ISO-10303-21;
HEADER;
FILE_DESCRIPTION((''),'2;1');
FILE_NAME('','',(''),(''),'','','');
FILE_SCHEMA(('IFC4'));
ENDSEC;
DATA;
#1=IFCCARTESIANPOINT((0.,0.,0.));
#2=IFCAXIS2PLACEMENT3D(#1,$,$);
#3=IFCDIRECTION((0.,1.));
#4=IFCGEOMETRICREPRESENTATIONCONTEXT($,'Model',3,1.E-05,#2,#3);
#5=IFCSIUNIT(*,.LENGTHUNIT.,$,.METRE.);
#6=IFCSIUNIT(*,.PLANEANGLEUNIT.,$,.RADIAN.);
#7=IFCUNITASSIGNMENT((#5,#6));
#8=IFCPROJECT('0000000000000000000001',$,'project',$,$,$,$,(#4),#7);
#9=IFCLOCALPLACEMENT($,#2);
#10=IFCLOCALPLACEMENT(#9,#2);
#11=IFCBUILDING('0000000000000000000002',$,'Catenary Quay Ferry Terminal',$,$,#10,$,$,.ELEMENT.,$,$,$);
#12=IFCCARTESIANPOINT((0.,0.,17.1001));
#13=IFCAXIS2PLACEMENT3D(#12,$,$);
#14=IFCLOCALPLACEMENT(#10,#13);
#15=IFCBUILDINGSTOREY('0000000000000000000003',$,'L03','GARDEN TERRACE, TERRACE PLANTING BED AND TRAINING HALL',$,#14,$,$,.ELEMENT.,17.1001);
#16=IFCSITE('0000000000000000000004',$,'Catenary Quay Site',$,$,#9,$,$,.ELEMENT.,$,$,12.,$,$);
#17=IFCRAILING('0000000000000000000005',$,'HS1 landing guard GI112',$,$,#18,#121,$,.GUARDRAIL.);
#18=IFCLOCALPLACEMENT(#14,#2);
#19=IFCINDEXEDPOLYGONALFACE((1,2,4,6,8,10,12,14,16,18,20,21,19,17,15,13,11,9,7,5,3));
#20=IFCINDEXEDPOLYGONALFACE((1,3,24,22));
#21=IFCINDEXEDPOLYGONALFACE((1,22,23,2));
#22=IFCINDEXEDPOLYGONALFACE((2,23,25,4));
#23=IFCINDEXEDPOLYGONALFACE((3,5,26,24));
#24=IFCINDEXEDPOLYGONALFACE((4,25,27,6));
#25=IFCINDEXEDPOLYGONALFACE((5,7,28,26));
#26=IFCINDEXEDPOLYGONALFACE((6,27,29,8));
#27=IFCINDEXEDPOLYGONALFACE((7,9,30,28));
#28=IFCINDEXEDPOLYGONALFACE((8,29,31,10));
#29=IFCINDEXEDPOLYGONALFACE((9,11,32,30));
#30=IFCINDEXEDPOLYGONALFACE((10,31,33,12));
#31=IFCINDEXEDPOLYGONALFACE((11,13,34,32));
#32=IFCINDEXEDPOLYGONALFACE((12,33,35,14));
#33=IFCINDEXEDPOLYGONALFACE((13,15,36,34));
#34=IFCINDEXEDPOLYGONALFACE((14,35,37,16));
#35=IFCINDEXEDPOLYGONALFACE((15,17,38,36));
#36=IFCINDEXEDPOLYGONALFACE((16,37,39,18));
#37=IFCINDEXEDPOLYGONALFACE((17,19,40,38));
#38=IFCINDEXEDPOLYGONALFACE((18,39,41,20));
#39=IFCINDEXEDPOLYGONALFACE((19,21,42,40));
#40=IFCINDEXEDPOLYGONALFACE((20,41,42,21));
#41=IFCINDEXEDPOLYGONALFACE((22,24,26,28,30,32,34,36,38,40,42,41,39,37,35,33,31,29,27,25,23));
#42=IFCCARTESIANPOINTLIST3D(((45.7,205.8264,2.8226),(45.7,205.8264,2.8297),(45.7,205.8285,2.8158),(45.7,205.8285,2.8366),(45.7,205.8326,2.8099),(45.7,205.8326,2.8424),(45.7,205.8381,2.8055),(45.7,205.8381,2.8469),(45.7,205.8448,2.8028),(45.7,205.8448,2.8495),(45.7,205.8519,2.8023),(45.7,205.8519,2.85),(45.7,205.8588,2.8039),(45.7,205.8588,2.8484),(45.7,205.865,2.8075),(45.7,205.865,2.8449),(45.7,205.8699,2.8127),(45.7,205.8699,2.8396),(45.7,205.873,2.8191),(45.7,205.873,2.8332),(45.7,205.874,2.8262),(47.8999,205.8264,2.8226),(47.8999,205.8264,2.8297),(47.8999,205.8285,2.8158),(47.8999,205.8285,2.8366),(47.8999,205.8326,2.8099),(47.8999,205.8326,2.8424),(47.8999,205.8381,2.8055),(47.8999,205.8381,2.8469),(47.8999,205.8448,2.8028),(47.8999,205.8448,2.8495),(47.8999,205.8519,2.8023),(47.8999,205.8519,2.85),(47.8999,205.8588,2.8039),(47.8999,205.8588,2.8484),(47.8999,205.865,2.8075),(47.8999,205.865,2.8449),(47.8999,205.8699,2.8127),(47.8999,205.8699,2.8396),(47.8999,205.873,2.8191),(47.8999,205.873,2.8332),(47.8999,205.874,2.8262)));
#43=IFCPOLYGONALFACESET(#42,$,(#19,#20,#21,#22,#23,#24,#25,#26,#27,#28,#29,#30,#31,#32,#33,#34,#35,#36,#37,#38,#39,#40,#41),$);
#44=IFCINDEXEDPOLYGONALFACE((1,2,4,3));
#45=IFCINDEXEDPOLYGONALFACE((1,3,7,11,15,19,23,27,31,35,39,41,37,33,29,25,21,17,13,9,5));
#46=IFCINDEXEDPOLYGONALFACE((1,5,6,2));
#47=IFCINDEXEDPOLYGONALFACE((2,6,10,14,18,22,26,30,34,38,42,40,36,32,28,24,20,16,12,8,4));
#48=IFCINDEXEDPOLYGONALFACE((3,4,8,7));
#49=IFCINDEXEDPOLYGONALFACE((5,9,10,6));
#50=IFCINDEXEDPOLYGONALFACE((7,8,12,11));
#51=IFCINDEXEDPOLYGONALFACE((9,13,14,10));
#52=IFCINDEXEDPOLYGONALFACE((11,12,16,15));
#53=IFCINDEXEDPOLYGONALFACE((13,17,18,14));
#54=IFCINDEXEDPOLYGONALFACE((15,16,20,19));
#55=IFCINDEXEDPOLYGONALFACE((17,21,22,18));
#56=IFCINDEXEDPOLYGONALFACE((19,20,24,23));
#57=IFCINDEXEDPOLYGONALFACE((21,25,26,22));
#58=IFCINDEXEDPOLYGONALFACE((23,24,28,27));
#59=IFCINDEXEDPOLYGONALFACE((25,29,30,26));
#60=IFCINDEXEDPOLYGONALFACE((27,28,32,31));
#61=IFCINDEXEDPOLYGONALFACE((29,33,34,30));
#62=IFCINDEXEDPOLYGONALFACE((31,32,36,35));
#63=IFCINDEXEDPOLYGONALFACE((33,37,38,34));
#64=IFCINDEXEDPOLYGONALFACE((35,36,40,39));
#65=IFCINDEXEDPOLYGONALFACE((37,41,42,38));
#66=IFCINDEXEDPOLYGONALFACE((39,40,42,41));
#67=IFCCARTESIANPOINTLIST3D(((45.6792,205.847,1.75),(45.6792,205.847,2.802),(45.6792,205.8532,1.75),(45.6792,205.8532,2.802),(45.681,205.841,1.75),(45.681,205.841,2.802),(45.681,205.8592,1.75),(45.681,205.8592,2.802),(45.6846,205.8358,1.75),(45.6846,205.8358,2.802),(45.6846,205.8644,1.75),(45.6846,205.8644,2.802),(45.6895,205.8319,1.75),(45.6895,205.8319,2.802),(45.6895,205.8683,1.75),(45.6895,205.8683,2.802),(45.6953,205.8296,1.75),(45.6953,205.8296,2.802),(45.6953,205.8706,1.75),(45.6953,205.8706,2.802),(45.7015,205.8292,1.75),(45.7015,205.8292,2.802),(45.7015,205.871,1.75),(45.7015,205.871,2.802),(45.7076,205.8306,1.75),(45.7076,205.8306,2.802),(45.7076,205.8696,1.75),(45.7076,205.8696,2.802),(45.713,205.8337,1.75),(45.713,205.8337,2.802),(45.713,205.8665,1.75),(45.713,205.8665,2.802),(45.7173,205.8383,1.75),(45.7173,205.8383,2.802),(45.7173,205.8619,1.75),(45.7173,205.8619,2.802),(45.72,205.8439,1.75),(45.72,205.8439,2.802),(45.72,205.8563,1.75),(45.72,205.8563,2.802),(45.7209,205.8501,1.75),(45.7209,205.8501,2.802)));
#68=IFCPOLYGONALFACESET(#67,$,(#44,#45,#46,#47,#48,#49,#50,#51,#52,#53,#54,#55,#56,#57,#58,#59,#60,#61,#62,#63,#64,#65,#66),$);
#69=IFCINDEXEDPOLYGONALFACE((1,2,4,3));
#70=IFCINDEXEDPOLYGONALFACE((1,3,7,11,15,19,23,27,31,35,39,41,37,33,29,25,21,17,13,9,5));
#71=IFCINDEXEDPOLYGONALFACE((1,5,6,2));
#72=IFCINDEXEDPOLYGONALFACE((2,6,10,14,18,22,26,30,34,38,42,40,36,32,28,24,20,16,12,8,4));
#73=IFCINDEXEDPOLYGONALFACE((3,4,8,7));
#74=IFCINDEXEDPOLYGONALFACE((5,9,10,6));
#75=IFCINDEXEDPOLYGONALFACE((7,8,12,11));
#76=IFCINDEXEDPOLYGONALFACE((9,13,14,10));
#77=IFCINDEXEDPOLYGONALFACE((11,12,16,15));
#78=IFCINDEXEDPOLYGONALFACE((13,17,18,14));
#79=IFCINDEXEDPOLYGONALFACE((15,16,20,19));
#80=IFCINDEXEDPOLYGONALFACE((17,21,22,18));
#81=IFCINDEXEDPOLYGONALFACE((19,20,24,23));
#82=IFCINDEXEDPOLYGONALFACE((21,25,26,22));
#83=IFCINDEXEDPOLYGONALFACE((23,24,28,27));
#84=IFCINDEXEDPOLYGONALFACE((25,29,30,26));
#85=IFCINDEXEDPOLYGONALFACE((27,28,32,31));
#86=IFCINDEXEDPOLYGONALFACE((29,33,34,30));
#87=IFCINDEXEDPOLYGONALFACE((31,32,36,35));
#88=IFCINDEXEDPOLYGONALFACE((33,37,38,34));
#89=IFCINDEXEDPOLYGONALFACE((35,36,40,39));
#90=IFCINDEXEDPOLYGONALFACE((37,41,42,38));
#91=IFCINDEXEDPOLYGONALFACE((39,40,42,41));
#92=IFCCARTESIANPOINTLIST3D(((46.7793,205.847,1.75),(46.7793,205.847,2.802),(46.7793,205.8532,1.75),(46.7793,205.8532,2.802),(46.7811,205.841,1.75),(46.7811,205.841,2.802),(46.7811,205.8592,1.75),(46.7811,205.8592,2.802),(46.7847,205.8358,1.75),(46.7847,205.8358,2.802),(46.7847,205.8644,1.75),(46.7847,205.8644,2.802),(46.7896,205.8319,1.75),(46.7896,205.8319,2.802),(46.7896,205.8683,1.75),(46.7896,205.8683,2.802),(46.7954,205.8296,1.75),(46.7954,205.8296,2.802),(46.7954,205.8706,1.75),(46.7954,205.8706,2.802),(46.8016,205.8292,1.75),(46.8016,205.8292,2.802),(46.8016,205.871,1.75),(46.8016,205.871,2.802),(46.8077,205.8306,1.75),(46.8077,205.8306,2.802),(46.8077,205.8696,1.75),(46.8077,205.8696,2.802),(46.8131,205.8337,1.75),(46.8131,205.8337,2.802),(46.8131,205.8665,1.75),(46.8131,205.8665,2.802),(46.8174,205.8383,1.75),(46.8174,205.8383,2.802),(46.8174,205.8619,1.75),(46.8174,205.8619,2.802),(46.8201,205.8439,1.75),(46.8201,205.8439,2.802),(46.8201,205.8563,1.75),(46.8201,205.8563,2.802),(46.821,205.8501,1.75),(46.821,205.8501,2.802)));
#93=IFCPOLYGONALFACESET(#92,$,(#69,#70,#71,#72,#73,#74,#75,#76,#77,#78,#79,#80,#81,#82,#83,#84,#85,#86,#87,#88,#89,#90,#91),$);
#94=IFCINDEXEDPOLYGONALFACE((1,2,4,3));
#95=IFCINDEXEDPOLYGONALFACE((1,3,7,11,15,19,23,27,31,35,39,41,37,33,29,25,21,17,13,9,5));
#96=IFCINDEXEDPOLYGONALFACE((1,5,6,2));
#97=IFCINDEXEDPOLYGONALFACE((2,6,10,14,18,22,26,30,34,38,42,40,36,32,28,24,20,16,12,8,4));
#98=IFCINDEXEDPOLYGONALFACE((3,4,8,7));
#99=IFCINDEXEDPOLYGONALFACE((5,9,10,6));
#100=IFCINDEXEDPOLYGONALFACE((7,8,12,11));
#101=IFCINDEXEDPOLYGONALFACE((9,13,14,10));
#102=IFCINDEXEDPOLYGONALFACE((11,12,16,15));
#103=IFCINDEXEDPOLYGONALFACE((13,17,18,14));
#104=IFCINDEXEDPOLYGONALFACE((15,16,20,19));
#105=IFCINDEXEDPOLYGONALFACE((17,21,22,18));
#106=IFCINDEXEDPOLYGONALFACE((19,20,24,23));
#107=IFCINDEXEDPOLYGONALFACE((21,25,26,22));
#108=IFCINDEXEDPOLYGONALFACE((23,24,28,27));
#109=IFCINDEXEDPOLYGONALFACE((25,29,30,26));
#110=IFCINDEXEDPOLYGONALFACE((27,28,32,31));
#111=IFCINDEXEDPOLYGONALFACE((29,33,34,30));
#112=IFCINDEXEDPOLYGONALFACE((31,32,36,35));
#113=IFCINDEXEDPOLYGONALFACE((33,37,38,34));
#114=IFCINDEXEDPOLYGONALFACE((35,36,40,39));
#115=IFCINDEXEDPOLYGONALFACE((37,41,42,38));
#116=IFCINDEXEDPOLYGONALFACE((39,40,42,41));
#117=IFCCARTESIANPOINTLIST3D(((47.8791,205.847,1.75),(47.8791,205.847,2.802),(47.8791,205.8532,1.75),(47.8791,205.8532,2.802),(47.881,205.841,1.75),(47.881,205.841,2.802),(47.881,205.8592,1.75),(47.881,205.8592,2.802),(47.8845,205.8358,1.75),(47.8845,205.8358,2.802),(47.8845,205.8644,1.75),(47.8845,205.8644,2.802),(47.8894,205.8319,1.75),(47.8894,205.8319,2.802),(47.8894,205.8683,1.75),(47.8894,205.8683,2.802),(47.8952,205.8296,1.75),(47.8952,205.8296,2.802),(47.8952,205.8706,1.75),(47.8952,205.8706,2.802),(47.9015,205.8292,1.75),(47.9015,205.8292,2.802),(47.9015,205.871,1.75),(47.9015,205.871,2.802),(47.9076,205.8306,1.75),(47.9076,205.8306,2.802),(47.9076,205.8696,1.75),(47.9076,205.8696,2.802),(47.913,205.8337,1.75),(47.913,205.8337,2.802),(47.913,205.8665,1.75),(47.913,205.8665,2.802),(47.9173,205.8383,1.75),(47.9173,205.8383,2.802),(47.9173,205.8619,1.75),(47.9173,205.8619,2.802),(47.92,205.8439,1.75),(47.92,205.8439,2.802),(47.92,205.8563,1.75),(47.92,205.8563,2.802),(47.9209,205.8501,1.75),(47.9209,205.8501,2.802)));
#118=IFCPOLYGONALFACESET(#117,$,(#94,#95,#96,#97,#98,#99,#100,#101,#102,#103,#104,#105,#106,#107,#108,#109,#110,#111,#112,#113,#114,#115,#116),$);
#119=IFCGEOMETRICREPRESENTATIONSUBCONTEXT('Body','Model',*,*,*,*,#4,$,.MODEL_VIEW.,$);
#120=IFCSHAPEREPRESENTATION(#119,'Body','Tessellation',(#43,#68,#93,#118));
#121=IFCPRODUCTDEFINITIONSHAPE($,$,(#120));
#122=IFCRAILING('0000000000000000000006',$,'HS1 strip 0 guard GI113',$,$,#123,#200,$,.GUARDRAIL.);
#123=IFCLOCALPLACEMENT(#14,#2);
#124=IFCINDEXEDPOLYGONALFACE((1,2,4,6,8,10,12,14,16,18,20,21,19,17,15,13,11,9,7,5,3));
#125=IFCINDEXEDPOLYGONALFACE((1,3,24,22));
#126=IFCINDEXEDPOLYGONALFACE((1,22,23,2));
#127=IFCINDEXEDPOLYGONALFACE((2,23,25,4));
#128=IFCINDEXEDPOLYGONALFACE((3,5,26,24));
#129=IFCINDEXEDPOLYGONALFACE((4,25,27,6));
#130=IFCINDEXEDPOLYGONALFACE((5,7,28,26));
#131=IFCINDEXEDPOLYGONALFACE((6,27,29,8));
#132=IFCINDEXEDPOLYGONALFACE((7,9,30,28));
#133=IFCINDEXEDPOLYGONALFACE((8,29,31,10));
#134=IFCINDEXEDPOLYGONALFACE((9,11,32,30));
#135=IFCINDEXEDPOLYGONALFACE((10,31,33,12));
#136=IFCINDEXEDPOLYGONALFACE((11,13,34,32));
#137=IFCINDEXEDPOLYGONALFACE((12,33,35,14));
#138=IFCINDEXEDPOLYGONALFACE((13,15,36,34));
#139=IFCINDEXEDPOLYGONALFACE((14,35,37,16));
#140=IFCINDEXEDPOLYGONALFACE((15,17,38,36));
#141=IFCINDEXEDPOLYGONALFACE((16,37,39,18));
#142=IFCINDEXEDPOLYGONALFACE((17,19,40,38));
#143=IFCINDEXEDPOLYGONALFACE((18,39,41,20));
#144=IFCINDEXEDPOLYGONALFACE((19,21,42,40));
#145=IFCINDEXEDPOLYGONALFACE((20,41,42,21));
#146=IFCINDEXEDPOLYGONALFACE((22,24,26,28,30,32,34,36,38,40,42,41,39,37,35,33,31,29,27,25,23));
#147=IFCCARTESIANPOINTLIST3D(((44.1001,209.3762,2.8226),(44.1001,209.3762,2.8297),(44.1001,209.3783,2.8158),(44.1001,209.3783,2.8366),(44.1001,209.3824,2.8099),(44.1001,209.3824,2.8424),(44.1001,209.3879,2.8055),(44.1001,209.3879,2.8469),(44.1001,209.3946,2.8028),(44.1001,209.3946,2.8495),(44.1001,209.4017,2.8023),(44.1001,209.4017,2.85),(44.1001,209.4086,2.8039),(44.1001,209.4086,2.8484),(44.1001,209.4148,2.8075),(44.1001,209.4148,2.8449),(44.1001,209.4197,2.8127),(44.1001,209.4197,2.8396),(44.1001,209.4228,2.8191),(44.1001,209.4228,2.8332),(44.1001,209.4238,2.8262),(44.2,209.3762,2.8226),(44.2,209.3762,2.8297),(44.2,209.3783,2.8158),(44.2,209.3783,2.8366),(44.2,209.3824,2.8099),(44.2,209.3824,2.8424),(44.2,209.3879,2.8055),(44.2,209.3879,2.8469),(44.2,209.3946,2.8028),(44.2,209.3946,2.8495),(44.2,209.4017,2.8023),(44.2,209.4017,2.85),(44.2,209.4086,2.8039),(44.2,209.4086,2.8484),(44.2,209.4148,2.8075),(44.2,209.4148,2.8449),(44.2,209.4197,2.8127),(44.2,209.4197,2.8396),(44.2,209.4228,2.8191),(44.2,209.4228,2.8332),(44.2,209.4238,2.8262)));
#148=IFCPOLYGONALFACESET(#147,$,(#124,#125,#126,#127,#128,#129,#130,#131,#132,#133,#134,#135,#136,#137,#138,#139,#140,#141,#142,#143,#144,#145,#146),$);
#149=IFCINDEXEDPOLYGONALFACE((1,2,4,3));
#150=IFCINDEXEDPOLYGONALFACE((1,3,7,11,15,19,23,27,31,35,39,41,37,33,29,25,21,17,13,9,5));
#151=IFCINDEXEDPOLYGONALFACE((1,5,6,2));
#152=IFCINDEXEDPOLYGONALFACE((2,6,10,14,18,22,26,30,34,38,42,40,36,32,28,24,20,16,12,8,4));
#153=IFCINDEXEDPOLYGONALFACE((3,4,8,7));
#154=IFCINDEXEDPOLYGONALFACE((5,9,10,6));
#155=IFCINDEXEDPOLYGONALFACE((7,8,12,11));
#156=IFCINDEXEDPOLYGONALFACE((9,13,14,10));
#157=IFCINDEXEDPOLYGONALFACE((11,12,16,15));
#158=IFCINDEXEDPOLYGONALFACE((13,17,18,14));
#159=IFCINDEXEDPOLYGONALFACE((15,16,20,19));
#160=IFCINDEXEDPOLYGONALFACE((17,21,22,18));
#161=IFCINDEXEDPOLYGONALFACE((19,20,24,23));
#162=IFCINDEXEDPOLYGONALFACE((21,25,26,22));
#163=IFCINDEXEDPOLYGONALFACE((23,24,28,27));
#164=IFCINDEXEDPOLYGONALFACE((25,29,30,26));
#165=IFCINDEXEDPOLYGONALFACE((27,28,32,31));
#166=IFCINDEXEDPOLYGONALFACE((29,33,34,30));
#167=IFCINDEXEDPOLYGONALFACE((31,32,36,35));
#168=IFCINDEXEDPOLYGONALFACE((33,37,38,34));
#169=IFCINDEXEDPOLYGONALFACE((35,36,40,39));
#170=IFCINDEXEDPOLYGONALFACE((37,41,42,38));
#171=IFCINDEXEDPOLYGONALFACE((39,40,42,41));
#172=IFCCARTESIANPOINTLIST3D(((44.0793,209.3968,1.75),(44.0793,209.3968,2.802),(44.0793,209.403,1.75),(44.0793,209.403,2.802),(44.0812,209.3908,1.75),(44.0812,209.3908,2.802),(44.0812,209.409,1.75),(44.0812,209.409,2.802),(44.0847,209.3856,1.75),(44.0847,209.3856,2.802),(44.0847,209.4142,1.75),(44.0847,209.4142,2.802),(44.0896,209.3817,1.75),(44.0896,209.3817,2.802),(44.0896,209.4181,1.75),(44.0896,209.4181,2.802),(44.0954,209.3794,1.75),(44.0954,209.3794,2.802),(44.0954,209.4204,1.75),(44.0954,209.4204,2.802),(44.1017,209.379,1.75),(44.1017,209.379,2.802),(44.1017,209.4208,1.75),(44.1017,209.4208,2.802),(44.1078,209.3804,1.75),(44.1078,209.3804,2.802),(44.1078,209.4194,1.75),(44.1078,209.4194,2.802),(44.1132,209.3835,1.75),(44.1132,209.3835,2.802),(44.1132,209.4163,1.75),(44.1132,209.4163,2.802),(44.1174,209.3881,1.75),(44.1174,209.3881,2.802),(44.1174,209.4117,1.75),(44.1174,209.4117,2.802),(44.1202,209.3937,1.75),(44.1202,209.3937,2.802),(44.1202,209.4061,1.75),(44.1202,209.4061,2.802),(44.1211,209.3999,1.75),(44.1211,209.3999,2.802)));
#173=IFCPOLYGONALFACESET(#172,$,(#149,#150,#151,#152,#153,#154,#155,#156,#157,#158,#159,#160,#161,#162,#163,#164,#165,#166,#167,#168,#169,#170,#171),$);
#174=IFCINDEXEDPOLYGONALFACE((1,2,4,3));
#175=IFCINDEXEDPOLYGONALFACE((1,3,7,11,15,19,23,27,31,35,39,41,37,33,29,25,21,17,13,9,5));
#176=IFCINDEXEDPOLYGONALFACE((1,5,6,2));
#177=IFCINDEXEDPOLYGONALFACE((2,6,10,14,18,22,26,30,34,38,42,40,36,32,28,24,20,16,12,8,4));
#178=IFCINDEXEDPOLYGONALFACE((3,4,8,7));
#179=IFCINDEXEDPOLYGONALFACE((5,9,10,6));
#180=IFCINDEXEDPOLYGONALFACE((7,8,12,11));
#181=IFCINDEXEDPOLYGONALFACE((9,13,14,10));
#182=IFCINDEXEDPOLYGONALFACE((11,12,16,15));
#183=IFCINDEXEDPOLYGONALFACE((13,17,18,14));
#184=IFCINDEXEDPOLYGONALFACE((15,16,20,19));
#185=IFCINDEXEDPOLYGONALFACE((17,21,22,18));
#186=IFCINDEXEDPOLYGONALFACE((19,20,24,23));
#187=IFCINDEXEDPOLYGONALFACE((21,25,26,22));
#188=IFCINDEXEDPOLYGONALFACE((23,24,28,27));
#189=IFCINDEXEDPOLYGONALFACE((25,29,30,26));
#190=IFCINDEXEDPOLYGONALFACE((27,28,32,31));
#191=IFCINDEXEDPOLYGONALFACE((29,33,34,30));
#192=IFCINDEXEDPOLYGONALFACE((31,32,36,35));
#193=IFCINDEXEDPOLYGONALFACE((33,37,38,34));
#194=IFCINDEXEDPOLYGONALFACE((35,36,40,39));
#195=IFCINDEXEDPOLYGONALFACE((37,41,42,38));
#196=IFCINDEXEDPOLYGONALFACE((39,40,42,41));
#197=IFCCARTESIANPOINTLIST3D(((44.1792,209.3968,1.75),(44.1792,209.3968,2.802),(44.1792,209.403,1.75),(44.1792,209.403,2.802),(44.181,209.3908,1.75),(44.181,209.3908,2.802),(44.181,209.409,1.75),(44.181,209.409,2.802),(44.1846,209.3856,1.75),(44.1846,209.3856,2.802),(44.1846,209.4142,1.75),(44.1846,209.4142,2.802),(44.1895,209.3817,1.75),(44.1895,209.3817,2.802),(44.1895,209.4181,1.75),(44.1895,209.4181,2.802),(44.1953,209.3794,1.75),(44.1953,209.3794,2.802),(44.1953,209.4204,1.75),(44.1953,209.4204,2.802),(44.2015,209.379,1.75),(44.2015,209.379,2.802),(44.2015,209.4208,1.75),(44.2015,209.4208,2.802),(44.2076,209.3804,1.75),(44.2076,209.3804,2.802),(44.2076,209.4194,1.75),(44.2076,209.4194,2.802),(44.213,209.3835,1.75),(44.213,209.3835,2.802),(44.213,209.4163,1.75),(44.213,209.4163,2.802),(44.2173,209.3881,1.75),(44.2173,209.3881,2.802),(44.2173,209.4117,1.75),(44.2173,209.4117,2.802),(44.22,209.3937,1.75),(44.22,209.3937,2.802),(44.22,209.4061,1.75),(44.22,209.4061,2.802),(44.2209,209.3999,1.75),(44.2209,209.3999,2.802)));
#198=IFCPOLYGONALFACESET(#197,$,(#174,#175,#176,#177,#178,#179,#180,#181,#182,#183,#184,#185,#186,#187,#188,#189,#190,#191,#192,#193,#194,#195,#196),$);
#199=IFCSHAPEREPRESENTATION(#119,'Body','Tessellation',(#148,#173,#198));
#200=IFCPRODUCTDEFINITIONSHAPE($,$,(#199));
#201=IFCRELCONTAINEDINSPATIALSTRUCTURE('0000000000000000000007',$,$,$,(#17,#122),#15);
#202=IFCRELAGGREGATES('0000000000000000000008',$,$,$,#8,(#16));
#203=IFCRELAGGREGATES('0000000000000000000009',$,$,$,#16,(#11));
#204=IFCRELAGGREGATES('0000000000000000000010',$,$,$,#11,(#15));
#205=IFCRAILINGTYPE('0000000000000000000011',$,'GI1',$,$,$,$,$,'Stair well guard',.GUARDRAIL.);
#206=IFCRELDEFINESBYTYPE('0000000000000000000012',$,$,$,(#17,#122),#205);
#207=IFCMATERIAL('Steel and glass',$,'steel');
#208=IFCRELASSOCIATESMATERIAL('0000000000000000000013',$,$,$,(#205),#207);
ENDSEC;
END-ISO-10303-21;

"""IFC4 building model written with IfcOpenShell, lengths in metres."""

from ifc_helpers import new_model, si_unit, direction, frame, origin, origin_2d, place, context, subcontext, project, spatial, circle, extrude, material, type_object, element, save


model = new_model("IFC4")

# Units and contexts
model_context = context("Model", 3, precision=1e-05, world=origin(), true_north=direction((0.0, 1.0)))
body_context = subcontext(model_context, "Body", "Model", "MODEL_VIEW")
ifc_project = project(units=[si_unit("LENGTHUNIT", "METRE"), si_unit("PLANEANGLEUNIT", "RADIAN")], contexts=[model_context])

# Site, building, storey
site_placement = place(None, origin())
site = spatial("IfcSite", under=ifc_project, at=site_placement, Name="Catenary Quay Site", CompositionType="ELEMENT", RefElevation=12.0)
building_placement = place(site_placement, origin())
building = spatial("IfcBuilding", under=site, at=building_placement, Name="Catenary Quay Ferry Terminal", CompositionType="ELEMENT")
storey_placement = place(building_placement, frame((0.0, 0.0, 17.1001)))
storey = spatial("IfcBuildingStorey", under=building, at=storey_placement, Name="L03", Description="GARDEN TERRACE, TERRACE PLANTING BED AND TRAINING HALL", CompositionType="ELEMENT", Elevation=17.1001)

# Railings
ifc_material_1 = material(Name="Steel and glass", Category="steel")
railing_type_1 = type_object("IfcRailingType", Name="GI1", ElementType="Stair well guard", PredefinedType="GUARDRAIL", material=ifc_material_1)
railing_1_placement = place(storey_placement, frame((45.7, 205.8501, 1.75)))
element("IfcRailing", 1, at=railing_1_placement, inside=storey, type_object=railing_type_1, Name="HS1 landing guard GI112", PredefinedType="GUARDRAIL", context=body_context, shape_type="SweptSolid", body=[
    extrude(circle(Radius=0.0239, at=origin_2d()), frame((0.0, 0.0, 1.0762), z_axis=(1.0, 0.0, 0.0), x_axis=(0.0, 1.0, 0.0)), (0.0, 0.0, 1.0), 2.2),
    extrude(circle(Radius=0.021, at=origin_2d()), origin(), (0.0, 0.0, 1.0), 1.052),
    extrude(circle(Radius=0.021, at=origin_2d()), frame((1.1001, 0.0, 0.0)), (0.0, 0.0, 1.0), 1.052),
    extrude(circle(Radius=0.021, at=origin_2d()), frame((2.2, 0.0, 0.0)), (0.0, 0.0, 1.0), 1.052),
])
railing_2_placement = place(storey_placement, frame((44.1001, 209.3999, 1.75)))
element("IfcRailing", 2, at=railing_2_placement, inside=storey, type_object=railing_type_1, Name="HS1 strip 0 guard GI113", PredefinedType="GUARDRAIL", context=body_context, shape_type="SweptSolid", body=[
    extrude(circle(Radius=0.0239, at=origin_2d()), frame((0.0, 0.0, 1.0762), z_axis=(1.0, 0.0, 0.0), x_axis=(0.0, 1.0, 0.0)), (0.0, 0.0, 1.0), 0.0999),
    extrude(circle(Radius=0.021, at=origin_2d()), origin(), (0.0, 0.0, 1.0), 1.052),
    extrude(circle(Radius=0.021, at=origin_2d()), frame((0.0999, 0.0, 0.0)), (0.0, 0.0, 1.0), 1.052),
])

save(model, "model.ifc")
